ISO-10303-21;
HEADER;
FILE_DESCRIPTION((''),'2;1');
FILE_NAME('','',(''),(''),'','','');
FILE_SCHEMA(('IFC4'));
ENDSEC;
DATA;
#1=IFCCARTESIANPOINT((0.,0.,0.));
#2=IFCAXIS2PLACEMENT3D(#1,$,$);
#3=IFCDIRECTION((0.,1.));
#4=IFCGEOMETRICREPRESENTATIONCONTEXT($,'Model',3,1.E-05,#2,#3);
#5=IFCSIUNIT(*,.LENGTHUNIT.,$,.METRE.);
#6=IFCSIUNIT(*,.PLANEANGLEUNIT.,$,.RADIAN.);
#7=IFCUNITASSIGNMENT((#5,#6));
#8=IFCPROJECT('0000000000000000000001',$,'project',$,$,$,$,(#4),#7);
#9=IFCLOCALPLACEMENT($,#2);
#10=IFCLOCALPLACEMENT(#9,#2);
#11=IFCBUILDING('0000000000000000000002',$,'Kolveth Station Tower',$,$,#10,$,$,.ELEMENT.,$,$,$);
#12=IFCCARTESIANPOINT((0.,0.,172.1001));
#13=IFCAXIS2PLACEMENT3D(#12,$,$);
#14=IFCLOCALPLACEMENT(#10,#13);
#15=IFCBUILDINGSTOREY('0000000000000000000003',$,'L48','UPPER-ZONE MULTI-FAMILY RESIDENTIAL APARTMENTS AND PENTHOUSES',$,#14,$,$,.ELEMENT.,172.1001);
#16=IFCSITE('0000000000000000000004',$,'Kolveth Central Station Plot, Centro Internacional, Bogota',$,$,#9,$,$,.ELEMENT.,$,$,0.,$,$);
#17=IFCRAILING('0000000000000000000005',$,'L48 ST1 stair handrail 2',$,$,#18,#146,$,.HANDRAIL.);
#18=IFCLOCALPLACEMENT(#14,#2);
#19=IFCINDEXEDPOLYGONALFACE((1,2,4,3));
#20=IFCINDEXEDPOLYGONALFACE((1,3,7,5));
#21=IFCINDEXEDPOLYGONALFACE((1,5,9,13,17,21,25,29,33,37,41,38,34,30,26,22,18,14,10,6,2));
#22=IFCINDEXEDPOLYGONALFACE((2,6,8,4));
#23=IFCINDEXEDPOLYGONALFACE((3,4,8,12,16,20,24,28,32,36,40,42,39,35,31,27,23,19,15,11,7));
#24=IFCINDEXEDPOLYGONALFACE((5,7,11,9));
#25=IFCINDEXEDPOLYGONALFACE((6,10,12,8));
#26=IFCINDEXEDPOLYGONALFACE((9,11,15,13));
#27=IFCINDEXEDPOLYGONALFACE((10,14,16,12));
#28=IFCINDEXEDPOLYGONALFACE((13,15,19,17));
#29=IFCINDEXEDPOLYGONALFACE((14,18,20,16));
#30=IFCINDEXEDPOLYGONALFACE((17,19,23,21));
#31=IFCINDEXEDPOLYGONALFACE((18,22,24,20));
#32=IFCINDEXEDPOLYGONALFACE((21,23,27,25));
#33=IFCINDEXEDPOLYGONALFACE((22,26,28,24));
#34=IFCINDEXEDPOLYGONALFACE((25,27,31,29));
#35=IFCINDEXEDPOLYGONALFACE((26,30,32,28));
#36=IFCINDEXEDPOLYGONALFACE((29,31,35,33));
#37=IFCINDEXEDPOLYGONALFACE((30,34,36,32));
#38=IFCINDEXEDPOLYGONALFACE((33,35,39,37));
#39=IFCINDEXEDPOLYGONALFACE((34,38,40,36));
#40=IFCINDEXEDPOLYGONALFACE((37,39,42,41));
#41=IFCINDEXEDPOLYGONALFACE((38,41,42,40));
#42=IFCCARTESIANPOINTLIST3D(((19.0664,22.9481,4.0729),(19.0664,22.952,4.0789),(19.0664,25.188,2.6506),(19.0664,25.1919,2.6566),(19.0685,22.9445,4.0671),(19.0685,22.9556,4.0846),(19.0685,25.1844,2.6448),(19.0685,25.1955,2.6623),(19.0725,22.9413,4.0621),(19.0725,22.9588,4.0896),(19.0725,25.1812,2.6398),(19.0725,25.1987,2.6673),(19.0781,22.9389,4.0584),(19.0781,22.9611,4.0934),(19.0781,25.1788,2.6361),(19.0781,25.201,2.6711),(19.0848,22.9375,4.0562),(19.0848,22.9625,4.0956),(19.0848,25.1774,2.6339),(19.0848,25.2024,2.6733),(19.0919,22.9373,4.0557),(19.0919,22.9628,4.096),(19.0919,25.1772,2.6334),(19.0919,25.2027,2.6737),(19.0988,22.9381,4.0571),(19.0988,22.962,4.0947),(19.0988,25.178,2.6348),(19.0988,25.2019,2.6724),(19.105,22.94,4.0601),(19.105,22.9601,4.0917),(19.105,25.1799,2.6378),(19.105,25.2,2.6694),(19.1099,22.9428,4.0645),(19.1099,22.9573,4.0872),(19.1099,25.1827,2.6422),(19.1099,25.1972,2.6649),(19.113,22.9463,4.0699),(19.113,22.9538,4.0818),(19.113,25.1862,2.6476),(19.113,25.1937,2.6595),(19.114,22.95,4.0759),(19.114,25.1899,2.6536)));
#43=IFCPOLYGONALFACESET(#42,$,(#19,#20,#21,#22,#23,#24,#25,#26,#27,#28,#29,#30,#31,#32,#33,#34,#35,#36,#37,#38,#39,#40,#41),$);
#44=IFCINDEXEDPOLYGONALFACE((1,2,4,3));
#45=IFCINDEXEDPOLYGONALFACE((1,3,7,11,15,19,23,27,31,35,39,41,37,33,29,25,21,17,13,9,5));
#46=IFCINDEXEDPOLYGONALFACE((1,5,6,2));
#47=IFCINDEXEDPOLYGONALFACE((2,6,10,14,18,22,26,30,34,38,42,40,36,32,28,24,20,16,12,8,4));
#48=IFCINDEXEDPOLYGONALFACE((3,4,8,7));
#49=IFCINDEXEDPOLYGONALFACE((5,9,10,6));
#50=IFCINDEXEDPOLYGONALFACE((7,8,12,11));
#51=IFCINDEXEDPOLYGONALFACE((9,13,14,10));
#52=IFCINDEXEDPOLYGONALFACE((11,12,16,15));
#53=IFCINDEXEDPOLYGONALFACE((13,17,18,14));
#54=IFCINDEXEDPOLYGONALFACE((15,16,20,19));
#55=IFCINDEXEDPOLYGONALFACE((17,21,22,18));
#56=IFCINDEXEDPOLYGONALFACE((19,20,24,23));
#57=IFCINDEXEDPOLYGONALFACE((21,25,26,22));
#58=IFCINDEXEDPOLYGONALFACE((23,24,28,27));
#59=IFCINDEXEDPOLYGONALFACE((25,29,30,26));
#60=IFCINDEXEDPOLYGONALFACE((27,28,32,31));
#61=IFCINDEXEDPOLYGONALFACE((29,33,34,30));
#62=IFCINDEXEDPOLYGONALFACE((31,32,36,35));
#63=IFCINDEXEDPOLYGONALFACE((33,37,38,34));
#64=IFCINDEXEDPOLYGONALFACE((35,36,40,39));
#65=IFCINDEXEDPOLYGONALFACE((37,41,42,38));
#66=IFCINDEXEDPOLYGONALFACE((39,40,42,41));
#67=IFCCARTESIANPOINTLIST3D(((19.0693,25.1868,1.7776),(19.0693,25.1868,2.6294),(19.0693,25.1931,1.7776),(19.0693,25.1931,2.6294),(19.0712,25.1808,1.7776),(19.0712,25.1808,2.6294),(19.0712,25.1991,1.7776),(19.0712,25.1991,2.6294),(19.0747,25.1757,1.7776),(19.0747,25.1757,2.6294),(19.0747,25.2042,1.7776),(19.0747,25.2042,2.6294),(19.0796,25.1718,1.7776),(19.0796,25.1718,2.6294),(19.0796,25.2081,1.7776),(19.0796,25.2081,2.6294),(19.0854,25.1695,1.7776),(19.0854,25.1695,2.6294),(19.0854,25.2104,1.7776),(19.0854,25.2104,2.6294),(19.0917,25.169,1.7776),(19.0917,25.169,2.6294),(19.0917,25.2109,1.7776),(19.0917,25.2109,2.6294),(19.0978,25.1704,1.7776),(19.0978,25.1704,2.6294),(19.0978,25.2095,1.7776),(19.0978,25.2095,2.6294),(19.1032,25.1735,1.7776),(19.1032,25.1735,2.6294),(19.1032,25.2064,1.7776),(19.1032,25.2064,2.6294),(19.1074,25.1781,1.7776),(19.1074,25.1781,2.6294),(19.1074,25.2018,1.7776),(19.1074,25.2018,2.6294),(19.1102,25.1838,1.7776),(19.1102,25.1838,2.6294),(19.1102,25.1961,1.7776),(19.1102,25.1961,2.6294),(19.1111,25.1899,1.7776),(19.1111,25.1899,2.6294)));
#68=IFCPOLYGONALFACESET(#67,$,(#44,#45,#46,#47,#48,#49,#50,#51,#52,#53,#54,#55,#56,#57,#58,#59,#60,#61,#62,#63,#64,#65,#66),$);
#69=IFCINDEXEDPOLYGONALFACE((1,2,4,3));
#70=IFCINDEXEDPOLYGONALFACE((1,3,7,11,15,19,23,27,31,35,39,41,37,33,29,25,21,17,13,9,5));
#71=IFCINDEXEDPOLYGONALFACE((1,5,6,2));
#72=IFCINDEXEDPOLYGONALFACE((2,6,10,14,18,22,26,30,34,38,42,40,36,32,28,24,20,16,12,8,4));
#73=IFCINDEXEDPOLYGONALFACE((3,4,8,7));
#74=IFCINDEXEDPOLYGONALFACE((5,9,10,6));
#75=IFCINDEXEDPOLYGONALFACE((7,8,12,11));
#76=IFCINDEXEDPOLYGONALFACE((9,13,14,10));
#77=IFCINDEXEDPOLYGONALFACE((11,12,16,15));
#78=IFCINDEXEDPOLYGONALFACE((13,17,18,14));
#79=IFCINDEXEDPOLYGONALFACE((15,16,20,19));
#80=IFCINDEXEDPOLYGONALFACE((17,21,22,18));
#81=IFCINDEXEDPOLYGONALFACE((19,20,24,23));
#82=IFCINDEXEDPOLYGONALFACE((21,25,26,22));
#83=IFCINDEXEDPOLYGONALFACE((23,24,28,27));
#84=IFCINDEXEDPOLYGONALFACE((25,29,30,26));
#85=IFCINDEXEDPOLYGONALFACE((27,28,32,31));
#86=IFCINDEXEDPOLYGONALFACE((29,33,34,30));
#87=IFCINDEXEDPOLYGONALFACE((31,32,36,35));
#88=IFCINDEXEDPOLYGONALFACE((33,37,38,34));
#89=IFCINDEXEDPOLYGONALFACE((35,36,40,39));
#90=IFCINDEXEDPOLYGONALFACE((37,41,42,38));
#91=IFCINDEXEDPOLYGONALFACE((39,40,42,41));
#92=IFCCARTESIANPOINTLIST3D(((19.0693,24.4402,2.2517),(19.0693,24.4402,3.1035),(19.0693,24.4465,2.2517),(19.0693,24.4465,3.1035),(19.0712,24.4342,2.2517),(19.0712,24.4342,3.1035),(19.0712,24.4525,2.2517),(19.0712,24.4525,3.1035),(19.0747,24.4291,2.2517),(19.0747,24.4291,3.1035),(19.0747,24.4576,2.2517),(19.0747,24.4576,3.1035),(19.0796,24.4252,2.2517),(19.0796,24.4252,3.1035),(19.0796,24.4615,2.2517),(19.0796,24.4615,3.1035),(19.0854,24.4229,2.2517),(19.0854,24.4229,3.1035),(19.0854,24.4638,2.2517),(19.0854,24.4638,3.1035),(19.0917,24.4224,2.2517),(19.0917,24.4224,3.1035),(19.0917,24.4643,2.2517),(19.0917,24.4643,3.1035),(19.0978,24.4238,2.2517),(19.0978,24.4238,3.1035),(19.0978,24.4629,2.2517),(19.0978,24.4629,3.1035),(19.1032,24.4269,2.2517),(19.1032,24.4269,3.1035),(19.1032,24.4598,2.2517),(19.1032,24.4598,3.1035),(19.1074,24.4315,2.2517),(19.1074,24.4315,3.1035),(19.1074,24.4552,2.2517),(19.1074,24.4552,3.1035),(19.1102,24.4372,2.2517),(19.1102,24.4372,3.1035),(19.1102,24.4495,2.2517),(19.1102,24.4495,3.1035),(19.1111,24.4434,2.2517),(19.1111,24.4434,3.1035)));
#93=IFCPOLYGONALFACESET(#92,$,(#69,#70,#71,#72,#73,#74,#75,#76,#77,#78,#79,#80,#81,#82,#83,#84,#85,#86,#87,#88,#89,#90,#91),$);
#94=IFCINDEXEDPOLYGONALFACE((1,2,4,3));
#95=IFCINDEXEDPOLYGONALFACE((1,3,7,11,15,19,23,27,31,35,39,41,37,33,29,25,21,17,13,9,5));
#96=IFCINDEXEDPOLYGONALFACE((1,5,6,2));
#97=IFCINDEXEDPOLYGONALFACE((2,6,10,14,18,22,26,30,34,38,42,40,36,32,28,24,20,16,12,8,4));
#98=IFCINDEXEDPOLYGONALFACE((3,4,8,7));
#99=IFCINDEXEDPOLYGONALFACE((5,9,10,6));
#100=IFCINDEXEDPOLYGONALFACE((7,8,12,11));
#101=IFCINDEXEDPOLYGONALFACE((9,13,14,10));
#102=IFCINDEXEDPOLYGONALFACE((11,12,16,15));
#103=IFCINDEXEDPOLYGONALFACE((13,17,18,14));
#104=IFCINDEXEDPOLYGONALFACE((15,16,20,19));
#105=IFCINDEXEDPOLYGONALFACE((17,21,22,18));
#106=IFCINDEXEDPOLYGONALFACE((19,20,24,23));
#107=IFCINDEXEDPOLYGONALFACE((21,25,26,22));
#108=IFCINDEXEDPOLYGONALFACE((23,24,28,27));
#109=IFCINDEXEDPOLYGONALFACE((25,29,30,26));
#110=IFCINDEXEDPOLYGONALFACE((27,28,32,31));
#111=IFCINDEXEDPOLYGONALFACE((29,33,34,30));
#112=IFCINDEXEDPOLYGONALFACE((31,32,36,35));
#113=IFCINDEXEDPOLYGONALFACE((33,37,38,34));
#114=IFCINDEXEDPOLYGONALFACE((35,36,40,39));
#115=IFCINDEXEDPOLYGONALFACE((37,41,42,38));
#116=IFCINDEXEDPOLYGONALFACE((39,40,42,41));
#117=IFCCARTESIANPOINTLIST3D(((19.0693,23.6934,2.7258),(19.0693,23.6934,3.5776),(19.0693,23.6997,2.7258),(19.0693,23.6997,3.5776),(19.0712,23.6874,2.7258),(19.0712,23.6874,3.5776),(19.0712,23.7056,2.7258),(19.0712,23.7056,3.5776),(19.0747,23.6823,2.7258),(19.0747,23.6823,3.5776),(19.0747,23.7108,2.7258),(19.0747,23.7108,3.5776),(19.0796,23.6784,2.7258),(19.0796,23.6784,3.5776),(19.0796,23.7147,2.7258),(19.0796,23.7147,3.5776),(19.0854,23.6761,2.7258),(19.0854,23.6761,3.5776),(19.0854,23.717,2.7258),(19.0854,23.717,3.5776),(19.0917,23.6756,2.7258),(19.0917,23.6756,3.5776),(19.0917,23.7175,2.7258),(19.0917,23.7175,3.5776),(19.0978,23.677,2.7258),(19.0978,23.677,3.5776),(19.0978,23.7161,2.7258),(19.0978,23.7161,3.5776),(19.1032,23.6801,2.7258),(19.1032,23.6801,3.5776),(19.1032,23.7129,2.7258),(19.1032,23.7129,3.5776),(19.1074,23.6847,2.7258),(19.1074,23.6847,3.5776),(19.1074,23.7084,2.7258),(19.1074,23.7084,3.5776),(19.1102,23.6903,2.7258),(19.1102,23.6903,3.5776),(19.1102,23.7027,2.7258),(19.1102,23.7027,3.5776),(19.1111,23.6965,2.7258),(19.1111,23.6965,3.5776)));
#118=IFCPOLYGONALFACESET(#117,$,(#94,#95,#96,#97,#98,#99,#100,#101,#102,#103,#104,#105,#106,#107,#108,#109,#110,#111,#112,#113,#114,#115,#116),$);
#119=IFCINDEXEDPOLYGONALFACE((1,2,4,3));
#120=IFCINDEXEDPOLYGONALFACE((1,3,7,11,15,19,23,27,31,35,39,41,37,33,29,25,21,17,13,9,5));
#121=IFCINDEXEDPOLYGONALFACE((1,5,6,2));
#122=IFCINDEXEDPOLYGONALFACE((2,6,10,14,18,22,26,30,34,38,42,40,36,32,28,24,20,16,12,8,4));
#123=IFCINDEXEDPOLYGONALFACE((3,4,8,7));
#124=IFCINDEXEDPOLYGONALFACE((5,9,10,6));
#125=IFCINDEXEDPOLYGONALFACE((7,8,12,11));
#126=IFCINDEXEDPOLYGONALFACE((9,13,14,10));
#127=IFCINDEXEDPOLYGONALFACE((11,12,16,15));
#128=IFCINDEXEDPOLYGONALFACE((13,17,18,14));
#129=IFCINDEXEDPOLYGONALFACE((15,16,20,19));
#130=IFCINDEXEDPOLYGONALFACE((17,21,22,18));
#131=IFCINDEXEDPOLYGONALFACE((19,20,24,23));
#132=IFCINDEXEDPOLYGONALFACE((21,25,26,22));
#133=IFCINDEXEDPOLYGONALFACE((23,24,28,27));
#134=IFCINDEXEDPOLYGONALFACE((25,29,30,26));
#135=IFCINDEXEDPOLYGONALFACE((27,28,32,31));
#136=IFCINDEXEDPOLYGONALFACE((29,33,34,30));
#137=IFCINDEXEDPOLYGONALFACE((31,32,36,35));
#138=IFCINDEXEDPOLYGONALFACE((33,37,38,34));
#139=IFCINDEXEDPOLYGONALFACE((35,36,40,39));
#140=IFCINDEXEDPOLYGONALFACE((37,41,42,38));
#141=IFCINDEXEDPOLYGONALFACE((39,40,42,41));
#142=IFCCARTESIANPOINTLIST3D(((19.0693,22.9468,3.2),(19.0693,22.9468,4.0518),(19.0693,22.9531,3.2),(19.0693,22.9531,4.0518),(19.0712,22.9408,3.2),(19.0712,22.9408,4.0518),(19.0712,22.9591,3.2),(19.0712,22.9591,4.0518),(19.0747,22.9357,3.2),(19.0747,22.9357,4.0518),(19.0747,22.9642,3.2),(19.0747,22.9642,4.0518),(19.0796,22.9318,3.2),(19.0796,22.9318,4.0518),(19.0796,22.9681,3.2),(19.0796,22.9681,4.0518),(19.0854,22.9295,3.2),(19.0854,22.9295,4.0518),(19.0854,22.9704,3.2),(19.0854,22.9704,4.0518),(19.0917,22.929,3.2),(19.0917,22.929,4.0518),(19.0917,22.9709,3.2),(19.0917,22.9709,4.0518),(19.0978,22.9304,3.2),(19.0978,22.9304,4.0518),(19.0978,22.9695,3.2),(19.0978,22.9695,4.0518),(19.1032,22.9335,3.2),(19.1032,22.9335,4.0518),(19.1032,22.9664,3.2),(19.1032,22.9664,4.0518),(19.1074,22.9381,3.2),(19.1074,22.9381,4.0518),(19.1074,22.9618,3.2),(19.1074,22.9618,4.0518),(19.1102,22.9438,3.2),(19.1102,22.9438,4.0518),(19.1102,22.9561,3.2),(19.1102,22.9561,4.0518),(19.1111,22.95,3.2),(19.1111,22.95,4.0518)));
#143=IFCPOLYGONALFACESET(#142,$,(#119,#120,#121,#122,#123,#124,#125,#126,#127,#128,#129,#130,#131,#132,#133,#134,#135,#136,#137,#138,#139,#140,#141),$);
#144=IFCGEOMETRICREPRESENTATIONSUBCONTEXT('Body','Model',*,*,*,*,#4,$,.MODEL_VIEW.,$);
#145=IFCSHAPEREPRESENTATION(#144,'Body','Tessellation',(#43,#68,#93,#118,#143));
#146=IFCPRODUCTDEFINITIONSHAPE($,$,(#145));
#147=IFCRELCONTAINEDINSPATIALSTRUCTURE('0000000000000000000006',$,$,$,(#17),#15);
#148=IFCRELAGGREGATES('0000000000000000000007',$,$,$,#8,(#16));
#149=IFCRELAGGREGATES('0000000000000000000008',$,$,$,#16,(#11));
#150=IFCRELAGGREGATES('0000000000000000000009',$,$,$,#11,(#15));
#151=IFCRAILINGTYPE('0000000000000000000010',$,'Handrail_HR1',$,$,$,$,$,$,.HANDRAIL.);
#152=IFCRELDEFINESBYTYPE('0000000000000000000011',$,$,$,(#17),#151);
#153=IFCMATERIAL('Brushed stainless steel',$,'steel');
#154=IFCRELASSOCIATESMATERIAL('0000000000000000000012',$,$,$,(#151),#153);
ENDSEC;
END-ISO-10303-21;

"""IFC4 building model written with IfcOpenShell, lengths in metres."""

from ifc_helpers import new_model, si_unit, direction, frame, origin, origin_2d, place, context, subcontext, project, spatial, circle, extrude, material, type_object, element, save


model = new_model("IFC4")

# Units and contexts
model_context = context("Model", 3, precision=1e-05, world=origin(), true_north=direction((0.0, 1.0)))
body_context = subcontext(model_context, "Body", "Model", "MODEL_VIEW")
ifc_project = project(units=[si_unit("LENGTHUNIT", "METRE"), si_unit("PLANEANGLEUNIT", "RADIAN")], contexts=[model_context])

# Site, building, storey
site_placement = place(None, origin())
site = spatial("IfcSite", under=ifc_project, at=site_placement, Name="Kolveth Central Station Plot, Centro Internacional, Bogota", CompositionType="ELEMENT", RefElevation=0.0)
building_placement = place(site_placement, origin())
building = spatial("IfcBuilding", under=site, at=building_placement, Name="Kolveth Station Tower", CompositionType="ELEMENT")
storey_placement = place(building_placement, frame((0.0, 0.0, 172.1001)))
storey = spatial("IfcBuildingStorey", under=building, at=storey_placement, Name="L48", Description="UPPER-ZONE MULTI-FAMILY RESIDENTIAL APARTMENTS AND PENTHOUSES", CompositionType="ELEMENT", Elevation=172.1001)

# Railing
ifc_material_1 = material(Name="Brushed stainless steel", Category="steel")
railing_type_1 = type_object("IfcRailingType", Name="Handrail_HR1", PredefinedType="HANDRAIL", material=ifc_material_1)
for number, where, name in (
    (1, (19.0901, 25.1899, 1.7776), "L48 ST1 stair handrail 2"),
):
    element("IfcRailing", number, at=place(storey_placement, frame(where)), inside=storey, type_object=railing_type_1, Name=name, PredefinedType="HANDRAIL", context=body_context, shape_type="SweptSolid", body=[
        extrude(circle(Radius=0.0239, at=origin_2d()), frame((0.0, 0.0, 0.876), z_axis=(0.0, -0.844188, 0.536048), x_axis=(1.0, 0.0, 0.0)), (0.0, 0.0, 1.0), 2.6533),
        extrude(circle(Radius=0.021, at=origin_2d()), origin(), (0.0, 0.0, 1.0), 0.8518),
        extrude(circle(Radius=0.021, at=origin_2d()), frame((0.0, -0.7466, 0.4741)), (0.0, 0.0, 1.0), 0.8518),
        extrude(circle(Radius=0.021, at=origin_2d()), frame((0.0, -1.4934, 0.9482)), (0.0, 0.0, 1.0), 0.8518),
        extrude(circle(Radius=0.021, at=origin_2d()), frame((0.0, -2.24, 1.4224)), (0.0, 0.0, 1.0), 0.8518),
    ])

save(model, "model.ifc")
